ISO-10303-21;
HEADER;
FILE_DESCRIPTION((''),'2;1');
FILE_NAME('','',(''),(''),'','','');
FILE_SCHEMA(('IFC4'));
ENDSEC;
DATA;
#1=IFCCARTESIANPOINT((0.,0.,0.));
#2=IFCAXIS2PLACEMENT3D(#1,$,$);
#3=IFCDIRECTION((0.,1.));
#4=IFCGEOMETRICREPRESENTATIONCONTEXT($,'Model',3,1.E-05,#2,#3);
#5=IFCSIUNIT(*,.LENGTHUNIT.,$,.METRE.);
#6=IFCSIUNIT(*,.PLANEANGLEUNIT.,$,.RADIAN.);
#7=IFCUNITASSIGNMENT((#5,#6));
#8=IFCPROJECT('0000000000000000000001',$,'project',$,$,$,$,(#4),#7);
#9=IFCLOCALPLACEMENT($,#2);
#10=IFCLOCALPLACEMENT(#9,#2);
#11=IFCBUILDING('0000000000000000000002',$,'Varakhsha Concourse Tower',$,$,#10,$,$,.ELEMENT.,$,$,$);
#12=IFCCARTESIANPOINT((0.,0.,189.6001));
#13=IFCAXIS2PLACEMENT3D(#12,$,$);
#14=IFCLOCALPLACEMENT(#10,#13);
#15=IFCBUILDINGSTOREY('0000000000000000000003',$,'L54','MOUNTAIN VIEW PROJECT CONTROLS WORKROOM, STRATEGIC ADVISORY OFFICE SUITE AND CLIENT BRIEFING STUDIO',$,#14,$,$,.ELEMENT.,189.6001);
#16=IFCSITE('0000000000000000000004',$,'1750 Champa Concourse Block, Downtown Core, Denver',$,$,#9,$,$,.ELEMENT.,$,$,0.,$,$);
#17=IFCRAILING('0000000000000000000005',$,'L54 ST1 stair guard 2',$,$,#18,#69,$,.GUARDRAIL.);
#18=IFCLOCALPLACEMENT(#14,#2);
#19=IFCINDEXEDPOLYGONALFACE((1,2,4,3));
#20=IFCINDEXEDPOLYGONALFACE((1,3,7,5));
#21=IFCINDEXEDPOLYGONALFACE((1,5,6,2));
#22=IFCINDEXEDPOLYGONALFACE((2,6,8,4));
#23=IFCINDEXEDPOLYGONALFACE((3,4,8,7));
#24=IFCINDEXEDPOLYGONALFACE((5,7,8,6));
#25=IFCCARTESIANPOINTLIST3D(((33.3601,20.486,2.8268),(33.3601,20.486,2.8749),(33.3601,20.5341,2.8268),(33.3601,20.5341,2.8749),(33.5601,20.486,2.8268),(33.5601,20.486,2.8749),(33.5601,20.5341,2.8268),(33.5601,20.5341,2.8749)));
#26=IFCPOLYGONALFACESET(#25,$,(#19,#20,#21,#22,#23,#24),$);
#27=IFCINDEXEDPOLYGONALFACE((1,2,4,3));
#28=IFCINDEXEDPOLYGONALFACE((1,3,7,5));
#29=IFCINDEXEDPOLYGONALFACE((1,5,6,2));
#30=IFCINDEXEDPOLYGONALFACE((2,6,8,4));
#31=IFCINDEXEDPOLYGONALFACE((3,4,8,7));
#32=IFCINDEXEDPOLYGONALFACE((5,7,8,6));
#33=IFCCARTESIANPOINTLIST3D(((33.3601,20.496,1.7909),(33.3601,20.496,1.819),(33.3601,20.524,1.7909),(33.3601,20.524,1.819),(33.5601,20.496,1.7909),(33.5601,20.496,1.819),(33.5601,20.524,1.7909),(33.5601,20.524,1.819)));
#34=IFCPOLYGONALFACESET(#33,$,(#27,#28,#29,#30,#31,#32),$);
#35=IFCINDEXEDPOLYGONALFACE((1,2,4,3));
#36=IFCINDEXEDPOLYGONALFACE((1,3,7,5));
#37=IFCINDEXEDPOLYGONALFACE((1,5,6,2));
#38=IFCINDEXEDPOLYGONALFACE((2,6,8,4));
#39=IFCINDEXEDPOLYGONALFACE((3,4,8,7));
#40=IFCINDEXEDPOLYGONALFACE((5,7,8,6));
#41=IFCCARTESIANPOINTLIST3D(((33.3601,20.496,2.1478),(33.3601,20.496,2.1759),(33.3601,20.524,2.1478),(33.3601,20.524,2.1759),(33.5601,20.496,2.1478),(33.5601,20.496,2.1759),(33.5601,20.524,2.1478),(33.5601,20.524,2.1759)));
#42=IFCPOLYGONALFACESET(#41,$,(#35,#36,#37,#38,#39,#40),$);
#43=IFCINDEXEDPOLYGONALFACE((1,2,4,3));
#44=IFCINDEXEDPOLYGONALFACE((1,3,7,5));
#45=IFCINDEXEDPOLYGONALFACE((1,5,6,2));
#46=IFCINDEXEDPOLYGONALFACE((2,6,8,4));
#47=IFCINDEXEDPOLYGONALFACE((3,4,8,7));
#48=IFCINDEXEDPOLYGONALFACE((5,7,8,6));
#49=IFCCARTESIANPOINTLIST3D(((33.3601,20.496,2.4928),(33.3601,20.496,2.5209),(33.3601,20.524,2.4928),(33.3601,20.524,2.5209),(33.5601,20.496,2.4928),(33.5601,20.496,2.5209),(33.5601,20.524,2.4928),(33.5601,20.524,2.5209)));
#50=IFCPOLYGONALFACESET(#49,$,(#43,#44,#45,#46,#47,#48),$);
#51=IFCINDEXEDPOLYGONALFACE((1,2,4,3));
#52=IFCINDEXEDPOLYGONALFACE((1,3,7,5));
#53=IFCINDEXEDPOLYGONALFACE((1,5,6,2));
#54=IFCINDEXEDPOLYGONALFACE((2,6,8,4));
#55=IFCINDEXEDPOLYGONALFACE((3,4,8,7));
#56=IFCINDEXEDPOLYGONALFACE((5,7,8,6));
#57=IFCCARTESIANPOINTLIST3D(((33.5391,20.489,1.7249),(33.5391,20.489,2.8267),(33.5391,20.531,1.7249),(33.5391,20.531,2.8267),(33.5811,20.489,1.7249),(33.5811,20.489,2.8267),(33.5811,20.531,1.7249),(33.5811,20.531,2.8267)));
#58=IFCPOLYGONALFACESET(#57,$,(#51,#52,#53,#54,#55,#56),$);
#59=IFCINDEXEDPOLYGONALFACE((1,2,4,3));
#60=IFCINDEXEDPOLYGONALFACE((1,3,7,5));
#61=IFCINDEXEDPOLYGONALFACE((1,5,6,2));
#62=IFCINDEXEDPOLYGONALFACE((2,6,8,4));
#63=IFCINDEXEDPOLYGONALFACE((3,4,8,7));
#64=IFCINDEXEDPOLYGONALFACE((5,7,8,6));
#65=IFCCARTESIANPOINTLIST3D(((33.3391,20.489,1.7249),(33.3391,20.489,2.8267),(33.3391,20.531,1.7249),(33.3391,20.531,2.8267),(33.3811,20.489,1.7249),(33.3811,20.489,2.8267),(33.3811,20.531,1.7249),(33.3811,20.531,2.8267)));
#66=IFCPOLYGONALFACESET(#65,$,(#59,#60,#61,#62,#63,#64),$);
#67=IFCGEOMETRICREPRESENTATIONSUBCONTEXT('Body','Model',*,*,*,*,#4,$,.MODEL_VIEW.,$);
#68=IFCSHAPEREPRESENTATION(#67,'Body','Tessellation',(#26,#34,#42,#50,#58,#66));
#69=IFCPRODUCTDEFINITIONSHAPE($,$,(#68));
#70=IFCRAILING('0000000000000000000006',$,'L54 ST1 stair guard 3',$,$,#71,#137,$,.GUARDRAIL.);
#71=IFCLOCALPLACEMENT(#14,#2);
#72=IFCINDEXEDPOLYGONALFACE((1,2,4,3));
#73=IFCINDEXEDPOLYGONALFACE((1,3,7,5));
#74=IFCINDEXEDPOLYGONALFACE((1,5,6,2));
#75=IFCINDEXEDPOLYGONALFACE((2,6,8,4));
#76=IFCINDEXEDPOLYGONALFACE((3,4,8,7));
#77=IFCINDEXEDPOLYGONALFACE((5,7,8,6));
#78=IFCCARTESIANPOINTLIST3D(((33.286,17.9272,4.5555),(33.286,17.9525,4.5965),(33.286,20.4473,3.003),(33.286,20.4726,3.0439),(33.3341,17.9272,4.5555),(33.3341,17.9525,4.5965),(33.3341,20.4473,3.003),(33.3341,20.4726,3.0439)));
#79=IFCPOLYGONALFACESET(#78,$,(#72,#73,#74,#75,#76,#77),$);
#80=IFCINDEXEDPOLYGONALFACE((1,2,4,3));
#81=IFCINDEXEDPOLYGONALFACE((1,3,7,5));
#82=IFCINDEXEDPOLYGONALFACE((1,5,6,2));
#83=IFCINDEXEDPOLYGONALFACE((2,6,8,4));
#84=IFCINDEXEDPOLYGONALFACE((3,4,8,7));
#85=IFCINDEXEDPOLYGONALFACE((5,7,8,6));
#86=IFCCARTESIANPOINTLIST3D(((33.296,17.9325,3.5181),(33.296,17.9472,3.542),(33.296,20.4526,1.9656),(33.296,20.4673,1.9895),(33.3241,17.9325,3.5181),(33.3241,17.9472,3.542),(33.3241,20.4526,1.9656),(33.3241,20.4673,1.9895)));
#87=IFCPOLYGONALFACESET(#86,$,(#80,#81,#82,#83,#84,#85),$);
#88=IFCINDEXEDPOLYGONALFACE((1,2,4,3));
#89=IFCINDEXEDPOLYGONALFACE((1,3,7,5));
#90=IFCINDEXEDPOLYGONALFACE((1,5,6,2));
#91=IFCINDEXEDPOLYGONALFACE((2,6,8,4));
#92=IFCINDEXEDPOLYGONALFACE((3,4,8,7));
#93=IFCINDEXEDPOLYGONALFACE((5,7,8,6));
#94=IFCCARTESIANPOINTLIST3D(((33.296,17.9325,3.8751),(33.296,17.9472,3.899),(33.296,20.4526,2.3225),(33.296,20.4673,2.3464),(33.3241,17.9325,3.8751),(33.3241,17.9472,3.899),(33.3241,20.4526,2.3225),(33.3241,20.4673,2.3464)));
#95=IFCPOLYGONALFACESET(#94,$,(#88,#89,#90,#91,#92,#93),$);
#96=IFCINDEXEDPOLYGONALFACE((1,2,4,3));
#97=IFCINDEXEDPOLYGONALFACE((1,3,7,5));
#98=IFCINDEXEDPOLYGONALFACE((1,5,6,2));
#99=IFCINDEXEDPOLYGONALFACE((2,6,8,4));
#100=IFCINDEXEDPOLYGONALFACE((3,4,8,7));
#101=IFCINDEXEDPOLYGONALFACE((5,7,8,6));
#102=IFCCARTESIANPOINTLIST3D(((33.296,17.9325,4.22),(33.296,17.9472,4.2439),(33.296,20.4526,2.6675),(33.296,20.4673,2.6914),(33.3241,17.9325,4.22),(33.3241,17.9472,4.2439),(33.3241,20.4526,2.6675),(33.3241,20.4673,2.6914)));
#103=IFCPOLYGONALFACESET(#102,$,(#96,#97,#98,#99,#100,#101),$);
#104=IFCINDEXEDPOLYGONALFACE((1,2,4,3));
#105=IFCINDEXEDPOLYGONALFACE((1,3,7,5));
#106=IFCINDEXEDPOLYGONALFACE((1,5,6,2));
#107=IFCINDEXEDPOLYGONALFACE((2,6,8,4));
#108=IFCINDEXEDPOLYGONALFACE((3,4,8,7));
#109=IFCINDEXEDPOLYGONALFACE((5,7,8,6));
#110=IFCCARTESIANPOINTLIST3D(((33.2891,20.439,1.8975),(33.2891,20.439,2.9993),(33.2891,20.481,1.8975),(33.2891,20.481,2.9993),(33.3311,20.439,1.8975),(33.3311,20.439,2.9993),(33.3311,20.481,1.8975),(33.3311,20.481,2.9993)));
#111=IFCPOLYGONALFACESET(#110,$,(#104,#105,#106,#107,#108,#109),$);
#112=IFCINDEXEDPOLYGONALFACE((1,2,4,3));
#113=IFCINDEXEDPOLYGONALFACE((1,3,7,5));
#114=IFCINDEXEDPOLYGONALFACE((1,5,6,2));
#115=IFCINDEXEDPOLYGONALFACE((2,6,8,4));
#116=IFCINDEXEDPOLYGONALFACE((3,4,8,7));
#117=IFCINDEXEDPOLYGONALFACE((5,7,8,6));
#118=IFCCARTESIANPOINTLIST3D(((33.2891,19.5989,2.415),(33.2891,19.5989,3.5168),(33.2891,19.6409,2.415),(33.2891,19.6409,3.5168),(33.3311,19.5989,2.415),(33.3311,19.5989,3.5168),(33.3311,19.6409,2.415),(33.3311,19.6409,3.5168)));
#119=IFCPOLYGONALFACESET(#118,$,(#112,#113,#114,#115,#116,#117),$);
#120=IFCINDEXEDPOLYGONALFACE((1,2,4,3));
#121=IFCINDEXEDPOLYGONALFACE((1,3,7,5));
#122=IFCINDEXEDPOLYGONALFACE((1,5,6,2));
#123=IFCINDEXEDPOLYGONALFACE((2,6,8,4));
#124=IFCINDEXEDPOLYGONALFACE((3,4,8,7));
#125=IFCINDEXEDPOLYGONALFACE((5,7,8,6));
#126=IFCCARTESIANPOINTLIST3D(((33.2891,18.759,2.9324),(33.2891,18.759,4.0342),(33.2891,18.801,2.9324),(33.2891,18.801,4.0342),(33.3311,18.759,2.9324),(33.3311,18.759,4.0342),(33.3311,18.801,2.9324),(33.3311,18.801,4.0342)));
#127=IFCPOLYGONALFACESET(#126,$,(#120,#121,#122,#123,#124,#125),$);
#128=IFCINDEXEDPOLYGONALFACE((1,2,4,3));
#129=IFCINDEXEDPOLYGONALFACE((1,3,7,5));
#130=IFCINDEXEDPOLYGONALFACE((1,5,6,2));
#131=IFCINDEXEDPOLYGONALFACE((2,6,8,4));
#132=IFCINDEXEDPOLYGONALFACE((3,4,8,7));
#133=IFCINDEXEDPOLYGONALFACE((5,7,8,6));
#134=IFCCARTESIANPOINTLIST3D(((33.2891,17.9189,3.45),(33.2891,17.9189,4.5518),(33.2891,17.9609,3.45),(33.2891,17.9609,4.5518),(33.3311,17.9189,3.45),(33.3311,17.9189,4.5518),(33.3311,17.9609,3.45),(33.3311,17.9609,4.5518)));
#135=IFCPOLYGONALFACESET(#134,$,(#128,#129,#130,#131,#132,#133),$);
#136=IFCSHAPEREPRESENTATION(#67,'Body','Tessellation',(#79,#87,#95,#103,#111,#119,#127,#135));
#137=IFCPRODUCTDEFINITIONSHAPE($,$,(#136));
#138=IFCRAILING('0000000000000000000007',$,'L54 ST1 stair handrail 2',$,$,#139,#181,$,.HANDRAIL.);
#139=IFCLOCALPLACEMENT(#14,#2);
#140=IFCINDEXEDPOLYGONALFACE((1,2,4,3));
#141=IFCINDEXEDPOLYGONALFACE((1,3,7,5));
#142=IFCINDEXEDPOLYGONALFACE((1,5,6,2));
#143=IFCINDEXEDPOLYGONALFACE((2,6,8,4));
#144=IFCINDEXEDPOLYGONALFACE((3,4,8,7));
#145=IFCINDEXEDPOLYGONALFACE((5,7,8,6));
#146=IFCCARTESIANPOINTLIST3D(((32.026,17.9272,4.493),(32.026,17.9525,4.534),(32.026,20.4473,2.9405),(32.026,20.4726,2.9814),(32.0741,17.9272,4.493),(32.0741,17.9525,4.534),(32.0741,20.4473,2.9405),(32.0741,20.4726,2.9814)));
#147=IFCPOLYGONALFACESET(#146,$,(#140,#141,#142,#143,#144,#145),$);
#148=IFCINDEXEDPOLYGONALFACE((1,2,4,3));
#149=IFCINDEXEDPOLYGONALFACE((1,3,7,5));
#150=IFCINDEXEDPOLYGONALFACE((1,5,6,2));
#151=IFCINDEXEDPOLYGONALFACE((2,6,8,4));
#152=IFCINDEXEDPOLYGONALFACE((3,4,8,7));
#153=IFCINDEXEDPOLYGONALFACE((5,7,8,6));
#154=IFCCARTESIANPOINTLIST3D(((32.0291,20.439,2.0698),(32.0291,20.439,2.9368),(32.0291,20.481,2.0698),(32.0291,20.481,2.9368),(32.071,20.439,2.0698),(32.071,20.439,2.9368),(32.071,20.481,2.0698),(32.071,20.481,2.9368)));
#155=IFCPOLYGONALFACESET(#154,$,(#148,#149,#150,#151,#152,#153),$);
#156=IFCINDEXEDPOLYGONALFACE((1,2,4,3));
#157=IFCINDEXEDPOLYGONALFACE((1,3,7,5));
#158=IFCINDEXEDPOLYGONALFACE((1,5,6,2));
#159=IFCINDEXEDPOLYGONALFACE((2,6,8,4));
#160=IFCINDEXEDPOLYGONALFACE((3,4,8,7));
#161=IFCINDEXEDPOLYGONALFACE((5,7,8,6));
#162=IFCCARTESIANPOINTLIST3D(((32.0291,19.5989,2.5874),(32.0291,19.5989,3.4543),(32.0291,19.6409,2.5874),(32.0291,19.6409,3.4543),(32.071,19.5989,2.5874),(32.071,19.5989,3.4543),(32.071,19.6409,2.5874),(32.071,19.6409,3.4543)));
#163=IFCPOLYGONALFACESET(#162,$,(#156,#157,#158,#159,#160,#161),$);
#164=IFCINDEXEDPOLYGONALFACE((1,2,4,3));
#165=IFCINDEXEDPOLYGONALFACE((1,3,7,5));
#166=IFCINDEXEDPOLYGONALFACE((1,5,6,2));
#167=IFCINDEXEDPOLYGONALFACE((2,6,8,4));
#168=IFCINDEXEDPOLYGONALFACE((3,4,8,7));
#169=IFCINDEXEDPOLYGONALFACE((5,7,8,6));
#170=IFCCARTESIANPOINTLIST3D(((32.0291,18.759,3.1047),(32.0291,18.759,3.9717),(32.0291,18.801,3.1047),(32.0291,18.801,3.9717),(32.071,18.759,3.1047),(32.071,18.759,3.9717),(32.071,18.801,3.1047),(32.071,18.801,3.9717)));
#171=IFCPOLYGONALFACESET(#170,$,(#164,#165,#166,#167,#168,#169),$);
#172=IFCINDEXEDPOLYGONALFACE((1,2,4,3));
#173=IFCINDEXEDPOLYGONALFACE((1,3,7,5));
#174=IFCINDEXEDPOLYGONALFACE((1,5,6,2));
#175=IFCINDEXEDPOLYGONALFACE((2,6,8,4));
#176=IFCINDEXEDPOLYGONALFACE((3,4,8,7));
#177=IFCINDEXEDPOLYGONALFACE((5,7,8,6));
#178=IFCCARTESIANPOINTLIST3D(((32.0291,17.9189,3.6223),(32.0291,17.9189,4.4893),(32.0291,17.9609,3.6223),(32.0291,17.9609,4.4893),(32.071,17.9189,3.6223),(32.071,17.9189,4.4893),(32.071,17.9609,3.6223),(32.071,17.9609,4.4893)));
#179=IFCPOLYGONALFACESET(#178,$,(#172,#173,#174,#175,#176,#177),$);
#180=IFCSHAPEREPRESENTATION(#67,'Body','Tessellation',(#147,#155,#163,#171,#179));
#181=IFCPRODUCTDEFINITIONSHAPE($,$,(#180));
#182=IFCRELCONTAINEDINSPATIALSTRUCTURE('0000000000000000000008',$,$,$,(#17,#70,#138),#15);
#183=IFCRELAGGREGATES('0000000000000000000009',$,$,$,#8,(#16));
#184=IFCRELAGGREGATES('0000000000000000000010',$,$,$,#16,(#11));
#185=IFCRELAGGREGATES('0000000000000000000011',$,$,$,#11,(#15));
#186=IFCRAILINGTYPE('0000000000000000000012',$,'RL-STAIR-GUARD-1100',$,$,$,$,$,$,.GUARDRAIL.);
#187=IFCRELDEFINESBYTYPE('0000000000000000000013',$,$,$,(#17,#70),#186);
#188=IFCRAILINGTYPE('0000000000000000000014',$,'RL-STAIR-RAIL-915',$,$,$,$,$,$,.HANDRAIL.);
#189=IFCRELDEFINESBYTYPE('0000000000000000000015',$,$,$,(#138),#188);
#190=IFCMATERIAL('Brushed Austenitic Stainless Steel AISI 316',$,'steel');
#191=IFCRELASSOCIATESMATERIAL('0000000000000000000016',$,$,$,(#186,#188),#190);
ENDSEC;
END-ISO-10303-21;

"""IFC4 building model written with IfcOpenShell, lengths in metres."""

from ifc_helpers import new_model, si_unit, direction, frame, origin, origin_2d, place, context, subcontext, project, spatial, rectangle, extrude, material, type_object, element, save


model = new_model("IFC4")

# Units and contexts
model_context = context("Model", 3, precision=1e-05, world=origin(), true_north=direction((0.0, 1.0)))
body_context = subcontext(model_context, "Body", "Model", "MODEL_VIEW")
ifc_project = project(units=[si_unit("LENGTHUNIT", "METRE"), si_unit("PLANEANGLEUNIT", "RADIAN")], contexts=[model_context])

# Site, building, storey
site_placement = place(None, origin())
site = spatial("IfcSite", under=ifc_project, at=site_placement, Name="1750 Champa Concourse Block, Downtown Core, Denver", CompositionType="ELEMENT", RefElevation=0.0)
building_placement = place(site_placement, origin())
building = spatial("IfcBuilding", under=site, at=building_placement, Name="Varakhsha Concourse Tower", CompositionType="ELEMENT")
storey_placement = place(building_placement, frame((0.0, 0.0, 189.6001)))
storey = spatial("IfcBuildingStorey", under=building, at=storey_placement, Name="L54", Description="MOUNTAIN VIEW PROJECT CONTROLS WORKROOM, STRATEGIC ADVISORY OFFICE SUITE AND CLIENT BRIEFING STUDIO", CompositionType="ELEMENT", Elevation=189.6001)

# Shared definitions
ifc_material_1 = material(Name="Brushed Austenitic Stainless Steel AISI 316", Category="steel")

# Railings
railing_type_1 = type_object("IfcRailingType", Name="RL-STAIR-GUARD-1100", PredefinedType="GUARDRAIL", material=ifc_material_1)
railing_1_placement = place(storey_placement, frame((33.5601, 20.51, 1.7249)))
element("IfcRailing", 1, at=railing_1_placement, inside=storey, type_object=railing_type_1, Name="L54 ST1 stair guard 2", PredefinedType="GUARDRAIL", context=body_context, shape_type="SweptSolid", body=[
    extrude(rectangle(XDim=0.0481, YDim=0.0481, at=origin_2d()), frame((0.0, 0.0, 1.126), z_axis=(-1.0, 0.0, 0.0), x_axis=(0.0, -1.0, 0.0)), (0.0, 0.0, 1.0), 0.2),
    extrude(rectangle(XDim=0.0281, YDim=0.0281, at=origin_2d()), frame((0.0, 0.0, 0.0801), z_axis=(-1.0, 0.0, 0.0), x_axis=(0.0, -1.0, 0.0)), (0.0, 0.0, 1.0), 0.2),
    extrude(rectangle(XDim=0.0281, YDim=0.0281, at=origin_2d()), frame((0.0, 0.0, 0.437), z_axis=(-1.0, 0.0, 0.0), x_axis=(0.0, -1.0, 0.0)), (0.0, 0.0, 1.0), 0.2),
    extrude(rectangle(XDim=0.0281, YDim=0.0281, at=origin_2d()), frame((0.0, 0.0, 0.782), z_axis=(-1.0, 0.0, 0.0), x_axis=(0.0, -1.0, 0.0)), (0.0, 0.0, 1.0), 0.2),
    extrude(rectangle(XDim=0.042, YDim=0.042, at=origin_2d()), origin(), (0.0, 0.0, 1.0), 1.1018),
    extrude(rectangle(XDim=0.042, YDim=0.042, at=origin_2d()), frame((-0.2, 0.0, 0.0)), (0.0, 0.0, 1.0), 1.1018),
])
railing_2_placement = place(storey_placement, frame((33.3101, 20.46, 1.8975)))
element("IfcRailing", 2, at=railing_2_placement, inside=storey, type_object=railing_type_1, Name="L54 ST1 stair guard 3", PredefinedType="GUARDRAIL", context=body_context, shape_type="SweptSolid", body=[
    extrude(rectangle(XDim=0.0481, YDim=0.0481, at=origin_2d()), frame((0.0, 0.0, 1.126), z_axis=(0.0, -0.8514, 0.524516), x_axis=(1.0, 0.0, 0.0)), (0.0, 0.0, 1.0), 2.96),
    extrude(rectangle(XDim=0.0281, YDim=0.0281, at=origin_2d()), frame((0.0, 0.0, 0.0801), z_axis=(0.0, -0.8514, 0.524516), x_axis=(1.0, 0.0, 0.0)), (0.0, 0.0, 1.0), 2.96),
    extrude(rectangle(XDim=0.0281, YDim=0.0281, at=origin_2d()), frame((0.0, 0.0, 0.437), z_axis=(0.0, -0.8514, 0.524516), x_axis=(1.0, 0.0, 0.0)), (0.0, 0.0, 1.0), 2.96),
    extrude(rectangle(XDim=0.0281, YDim=0.0281, at=origin_2d()), frame((0.0, 0.0, 0.782), z_axis=(0.0, -0.8514, 0.524516), x_axis=(1.0, 0.0, 0.0)), (0.0, 0.0, 1.0), 2.96),
    extrude(rectangle(XDim=0.042, YDim=0.042, at=origin_2d()), origin(), (0.0, 0.0, 1.0), 1.1018),
    extrude(rectangle(XDim=0.042, YDim=0.042, at=origin_2d()), frame((0.0, -0.8401, 0.5176)), (0.0, 0.0, 1.0), 1.1018),
    extrude(rectangle(XDim=0.042, YDim=0.042, at=origin_2d()), frame((0.0, -1.6799, 1.0349)), (0.0, 0.0, 1.0), 1.1018),
    extrude(rectangle(XDim=0.042, YDim=0.042, at=origin_2d()), frame((0.0, -2.52, 1.5525)), (0.0, 0.0, 1.0), 1.1018),
])
railing_type_2 = type_object("IfcRailingType", Name="RL-STAIR-RAIL-915", PredefinedType="HANDRAIL", material=ifc_material_1)
railing_3_placement = place(storey_placement, frame((32.05, 20.46, 2.0698)))
element("IfcRailing", 3, at=railing_3_placement, inside=storey, type_object=railing_type_2, Name="L54 ST1 stair handrail 2", PredefinedType="HANDRAIL", context=body_context, shape_type="SweptSolid", body=[
    extrude(rectangle(XDim=0.0481, YDim=0.0481, at=origin_2d()), frame((0.0, 0.0, 0.8911), z_axis=(0.0, -0.8514, 0.524516), x_axis=(1.0, 0.0, 0.0)), (0.0, 0.0, 1.0), 2.96),
    extrude(rectangle(XDim=0.042, YDim=0.042, at=origin_2d()), origin(), (0.0, 0.0, 1.0), 0.8669),
    extrude(rectangle(XDim=0.042, YDim=0.042, at=origin_2d()), frame((0.0, -0.8401, 0.5176)), (0.0, 0.0, 1.0), 0.8669),
    extrude(rectangle(XDim=0.042, YDim=0.042, at=origin_2d()), frame((0.0, -1.6799, 1.0349)), (0.0, 0.0, 1.0), 0.8669),
    extrude(rectangle(XDim=0.042, YDim=0.042, at=origin_2d()), frame((0.0, -2.52, 1.5525)), (0.0, 0.0, 1.0), 0.8669),
])

save(model, "model.ifc")
